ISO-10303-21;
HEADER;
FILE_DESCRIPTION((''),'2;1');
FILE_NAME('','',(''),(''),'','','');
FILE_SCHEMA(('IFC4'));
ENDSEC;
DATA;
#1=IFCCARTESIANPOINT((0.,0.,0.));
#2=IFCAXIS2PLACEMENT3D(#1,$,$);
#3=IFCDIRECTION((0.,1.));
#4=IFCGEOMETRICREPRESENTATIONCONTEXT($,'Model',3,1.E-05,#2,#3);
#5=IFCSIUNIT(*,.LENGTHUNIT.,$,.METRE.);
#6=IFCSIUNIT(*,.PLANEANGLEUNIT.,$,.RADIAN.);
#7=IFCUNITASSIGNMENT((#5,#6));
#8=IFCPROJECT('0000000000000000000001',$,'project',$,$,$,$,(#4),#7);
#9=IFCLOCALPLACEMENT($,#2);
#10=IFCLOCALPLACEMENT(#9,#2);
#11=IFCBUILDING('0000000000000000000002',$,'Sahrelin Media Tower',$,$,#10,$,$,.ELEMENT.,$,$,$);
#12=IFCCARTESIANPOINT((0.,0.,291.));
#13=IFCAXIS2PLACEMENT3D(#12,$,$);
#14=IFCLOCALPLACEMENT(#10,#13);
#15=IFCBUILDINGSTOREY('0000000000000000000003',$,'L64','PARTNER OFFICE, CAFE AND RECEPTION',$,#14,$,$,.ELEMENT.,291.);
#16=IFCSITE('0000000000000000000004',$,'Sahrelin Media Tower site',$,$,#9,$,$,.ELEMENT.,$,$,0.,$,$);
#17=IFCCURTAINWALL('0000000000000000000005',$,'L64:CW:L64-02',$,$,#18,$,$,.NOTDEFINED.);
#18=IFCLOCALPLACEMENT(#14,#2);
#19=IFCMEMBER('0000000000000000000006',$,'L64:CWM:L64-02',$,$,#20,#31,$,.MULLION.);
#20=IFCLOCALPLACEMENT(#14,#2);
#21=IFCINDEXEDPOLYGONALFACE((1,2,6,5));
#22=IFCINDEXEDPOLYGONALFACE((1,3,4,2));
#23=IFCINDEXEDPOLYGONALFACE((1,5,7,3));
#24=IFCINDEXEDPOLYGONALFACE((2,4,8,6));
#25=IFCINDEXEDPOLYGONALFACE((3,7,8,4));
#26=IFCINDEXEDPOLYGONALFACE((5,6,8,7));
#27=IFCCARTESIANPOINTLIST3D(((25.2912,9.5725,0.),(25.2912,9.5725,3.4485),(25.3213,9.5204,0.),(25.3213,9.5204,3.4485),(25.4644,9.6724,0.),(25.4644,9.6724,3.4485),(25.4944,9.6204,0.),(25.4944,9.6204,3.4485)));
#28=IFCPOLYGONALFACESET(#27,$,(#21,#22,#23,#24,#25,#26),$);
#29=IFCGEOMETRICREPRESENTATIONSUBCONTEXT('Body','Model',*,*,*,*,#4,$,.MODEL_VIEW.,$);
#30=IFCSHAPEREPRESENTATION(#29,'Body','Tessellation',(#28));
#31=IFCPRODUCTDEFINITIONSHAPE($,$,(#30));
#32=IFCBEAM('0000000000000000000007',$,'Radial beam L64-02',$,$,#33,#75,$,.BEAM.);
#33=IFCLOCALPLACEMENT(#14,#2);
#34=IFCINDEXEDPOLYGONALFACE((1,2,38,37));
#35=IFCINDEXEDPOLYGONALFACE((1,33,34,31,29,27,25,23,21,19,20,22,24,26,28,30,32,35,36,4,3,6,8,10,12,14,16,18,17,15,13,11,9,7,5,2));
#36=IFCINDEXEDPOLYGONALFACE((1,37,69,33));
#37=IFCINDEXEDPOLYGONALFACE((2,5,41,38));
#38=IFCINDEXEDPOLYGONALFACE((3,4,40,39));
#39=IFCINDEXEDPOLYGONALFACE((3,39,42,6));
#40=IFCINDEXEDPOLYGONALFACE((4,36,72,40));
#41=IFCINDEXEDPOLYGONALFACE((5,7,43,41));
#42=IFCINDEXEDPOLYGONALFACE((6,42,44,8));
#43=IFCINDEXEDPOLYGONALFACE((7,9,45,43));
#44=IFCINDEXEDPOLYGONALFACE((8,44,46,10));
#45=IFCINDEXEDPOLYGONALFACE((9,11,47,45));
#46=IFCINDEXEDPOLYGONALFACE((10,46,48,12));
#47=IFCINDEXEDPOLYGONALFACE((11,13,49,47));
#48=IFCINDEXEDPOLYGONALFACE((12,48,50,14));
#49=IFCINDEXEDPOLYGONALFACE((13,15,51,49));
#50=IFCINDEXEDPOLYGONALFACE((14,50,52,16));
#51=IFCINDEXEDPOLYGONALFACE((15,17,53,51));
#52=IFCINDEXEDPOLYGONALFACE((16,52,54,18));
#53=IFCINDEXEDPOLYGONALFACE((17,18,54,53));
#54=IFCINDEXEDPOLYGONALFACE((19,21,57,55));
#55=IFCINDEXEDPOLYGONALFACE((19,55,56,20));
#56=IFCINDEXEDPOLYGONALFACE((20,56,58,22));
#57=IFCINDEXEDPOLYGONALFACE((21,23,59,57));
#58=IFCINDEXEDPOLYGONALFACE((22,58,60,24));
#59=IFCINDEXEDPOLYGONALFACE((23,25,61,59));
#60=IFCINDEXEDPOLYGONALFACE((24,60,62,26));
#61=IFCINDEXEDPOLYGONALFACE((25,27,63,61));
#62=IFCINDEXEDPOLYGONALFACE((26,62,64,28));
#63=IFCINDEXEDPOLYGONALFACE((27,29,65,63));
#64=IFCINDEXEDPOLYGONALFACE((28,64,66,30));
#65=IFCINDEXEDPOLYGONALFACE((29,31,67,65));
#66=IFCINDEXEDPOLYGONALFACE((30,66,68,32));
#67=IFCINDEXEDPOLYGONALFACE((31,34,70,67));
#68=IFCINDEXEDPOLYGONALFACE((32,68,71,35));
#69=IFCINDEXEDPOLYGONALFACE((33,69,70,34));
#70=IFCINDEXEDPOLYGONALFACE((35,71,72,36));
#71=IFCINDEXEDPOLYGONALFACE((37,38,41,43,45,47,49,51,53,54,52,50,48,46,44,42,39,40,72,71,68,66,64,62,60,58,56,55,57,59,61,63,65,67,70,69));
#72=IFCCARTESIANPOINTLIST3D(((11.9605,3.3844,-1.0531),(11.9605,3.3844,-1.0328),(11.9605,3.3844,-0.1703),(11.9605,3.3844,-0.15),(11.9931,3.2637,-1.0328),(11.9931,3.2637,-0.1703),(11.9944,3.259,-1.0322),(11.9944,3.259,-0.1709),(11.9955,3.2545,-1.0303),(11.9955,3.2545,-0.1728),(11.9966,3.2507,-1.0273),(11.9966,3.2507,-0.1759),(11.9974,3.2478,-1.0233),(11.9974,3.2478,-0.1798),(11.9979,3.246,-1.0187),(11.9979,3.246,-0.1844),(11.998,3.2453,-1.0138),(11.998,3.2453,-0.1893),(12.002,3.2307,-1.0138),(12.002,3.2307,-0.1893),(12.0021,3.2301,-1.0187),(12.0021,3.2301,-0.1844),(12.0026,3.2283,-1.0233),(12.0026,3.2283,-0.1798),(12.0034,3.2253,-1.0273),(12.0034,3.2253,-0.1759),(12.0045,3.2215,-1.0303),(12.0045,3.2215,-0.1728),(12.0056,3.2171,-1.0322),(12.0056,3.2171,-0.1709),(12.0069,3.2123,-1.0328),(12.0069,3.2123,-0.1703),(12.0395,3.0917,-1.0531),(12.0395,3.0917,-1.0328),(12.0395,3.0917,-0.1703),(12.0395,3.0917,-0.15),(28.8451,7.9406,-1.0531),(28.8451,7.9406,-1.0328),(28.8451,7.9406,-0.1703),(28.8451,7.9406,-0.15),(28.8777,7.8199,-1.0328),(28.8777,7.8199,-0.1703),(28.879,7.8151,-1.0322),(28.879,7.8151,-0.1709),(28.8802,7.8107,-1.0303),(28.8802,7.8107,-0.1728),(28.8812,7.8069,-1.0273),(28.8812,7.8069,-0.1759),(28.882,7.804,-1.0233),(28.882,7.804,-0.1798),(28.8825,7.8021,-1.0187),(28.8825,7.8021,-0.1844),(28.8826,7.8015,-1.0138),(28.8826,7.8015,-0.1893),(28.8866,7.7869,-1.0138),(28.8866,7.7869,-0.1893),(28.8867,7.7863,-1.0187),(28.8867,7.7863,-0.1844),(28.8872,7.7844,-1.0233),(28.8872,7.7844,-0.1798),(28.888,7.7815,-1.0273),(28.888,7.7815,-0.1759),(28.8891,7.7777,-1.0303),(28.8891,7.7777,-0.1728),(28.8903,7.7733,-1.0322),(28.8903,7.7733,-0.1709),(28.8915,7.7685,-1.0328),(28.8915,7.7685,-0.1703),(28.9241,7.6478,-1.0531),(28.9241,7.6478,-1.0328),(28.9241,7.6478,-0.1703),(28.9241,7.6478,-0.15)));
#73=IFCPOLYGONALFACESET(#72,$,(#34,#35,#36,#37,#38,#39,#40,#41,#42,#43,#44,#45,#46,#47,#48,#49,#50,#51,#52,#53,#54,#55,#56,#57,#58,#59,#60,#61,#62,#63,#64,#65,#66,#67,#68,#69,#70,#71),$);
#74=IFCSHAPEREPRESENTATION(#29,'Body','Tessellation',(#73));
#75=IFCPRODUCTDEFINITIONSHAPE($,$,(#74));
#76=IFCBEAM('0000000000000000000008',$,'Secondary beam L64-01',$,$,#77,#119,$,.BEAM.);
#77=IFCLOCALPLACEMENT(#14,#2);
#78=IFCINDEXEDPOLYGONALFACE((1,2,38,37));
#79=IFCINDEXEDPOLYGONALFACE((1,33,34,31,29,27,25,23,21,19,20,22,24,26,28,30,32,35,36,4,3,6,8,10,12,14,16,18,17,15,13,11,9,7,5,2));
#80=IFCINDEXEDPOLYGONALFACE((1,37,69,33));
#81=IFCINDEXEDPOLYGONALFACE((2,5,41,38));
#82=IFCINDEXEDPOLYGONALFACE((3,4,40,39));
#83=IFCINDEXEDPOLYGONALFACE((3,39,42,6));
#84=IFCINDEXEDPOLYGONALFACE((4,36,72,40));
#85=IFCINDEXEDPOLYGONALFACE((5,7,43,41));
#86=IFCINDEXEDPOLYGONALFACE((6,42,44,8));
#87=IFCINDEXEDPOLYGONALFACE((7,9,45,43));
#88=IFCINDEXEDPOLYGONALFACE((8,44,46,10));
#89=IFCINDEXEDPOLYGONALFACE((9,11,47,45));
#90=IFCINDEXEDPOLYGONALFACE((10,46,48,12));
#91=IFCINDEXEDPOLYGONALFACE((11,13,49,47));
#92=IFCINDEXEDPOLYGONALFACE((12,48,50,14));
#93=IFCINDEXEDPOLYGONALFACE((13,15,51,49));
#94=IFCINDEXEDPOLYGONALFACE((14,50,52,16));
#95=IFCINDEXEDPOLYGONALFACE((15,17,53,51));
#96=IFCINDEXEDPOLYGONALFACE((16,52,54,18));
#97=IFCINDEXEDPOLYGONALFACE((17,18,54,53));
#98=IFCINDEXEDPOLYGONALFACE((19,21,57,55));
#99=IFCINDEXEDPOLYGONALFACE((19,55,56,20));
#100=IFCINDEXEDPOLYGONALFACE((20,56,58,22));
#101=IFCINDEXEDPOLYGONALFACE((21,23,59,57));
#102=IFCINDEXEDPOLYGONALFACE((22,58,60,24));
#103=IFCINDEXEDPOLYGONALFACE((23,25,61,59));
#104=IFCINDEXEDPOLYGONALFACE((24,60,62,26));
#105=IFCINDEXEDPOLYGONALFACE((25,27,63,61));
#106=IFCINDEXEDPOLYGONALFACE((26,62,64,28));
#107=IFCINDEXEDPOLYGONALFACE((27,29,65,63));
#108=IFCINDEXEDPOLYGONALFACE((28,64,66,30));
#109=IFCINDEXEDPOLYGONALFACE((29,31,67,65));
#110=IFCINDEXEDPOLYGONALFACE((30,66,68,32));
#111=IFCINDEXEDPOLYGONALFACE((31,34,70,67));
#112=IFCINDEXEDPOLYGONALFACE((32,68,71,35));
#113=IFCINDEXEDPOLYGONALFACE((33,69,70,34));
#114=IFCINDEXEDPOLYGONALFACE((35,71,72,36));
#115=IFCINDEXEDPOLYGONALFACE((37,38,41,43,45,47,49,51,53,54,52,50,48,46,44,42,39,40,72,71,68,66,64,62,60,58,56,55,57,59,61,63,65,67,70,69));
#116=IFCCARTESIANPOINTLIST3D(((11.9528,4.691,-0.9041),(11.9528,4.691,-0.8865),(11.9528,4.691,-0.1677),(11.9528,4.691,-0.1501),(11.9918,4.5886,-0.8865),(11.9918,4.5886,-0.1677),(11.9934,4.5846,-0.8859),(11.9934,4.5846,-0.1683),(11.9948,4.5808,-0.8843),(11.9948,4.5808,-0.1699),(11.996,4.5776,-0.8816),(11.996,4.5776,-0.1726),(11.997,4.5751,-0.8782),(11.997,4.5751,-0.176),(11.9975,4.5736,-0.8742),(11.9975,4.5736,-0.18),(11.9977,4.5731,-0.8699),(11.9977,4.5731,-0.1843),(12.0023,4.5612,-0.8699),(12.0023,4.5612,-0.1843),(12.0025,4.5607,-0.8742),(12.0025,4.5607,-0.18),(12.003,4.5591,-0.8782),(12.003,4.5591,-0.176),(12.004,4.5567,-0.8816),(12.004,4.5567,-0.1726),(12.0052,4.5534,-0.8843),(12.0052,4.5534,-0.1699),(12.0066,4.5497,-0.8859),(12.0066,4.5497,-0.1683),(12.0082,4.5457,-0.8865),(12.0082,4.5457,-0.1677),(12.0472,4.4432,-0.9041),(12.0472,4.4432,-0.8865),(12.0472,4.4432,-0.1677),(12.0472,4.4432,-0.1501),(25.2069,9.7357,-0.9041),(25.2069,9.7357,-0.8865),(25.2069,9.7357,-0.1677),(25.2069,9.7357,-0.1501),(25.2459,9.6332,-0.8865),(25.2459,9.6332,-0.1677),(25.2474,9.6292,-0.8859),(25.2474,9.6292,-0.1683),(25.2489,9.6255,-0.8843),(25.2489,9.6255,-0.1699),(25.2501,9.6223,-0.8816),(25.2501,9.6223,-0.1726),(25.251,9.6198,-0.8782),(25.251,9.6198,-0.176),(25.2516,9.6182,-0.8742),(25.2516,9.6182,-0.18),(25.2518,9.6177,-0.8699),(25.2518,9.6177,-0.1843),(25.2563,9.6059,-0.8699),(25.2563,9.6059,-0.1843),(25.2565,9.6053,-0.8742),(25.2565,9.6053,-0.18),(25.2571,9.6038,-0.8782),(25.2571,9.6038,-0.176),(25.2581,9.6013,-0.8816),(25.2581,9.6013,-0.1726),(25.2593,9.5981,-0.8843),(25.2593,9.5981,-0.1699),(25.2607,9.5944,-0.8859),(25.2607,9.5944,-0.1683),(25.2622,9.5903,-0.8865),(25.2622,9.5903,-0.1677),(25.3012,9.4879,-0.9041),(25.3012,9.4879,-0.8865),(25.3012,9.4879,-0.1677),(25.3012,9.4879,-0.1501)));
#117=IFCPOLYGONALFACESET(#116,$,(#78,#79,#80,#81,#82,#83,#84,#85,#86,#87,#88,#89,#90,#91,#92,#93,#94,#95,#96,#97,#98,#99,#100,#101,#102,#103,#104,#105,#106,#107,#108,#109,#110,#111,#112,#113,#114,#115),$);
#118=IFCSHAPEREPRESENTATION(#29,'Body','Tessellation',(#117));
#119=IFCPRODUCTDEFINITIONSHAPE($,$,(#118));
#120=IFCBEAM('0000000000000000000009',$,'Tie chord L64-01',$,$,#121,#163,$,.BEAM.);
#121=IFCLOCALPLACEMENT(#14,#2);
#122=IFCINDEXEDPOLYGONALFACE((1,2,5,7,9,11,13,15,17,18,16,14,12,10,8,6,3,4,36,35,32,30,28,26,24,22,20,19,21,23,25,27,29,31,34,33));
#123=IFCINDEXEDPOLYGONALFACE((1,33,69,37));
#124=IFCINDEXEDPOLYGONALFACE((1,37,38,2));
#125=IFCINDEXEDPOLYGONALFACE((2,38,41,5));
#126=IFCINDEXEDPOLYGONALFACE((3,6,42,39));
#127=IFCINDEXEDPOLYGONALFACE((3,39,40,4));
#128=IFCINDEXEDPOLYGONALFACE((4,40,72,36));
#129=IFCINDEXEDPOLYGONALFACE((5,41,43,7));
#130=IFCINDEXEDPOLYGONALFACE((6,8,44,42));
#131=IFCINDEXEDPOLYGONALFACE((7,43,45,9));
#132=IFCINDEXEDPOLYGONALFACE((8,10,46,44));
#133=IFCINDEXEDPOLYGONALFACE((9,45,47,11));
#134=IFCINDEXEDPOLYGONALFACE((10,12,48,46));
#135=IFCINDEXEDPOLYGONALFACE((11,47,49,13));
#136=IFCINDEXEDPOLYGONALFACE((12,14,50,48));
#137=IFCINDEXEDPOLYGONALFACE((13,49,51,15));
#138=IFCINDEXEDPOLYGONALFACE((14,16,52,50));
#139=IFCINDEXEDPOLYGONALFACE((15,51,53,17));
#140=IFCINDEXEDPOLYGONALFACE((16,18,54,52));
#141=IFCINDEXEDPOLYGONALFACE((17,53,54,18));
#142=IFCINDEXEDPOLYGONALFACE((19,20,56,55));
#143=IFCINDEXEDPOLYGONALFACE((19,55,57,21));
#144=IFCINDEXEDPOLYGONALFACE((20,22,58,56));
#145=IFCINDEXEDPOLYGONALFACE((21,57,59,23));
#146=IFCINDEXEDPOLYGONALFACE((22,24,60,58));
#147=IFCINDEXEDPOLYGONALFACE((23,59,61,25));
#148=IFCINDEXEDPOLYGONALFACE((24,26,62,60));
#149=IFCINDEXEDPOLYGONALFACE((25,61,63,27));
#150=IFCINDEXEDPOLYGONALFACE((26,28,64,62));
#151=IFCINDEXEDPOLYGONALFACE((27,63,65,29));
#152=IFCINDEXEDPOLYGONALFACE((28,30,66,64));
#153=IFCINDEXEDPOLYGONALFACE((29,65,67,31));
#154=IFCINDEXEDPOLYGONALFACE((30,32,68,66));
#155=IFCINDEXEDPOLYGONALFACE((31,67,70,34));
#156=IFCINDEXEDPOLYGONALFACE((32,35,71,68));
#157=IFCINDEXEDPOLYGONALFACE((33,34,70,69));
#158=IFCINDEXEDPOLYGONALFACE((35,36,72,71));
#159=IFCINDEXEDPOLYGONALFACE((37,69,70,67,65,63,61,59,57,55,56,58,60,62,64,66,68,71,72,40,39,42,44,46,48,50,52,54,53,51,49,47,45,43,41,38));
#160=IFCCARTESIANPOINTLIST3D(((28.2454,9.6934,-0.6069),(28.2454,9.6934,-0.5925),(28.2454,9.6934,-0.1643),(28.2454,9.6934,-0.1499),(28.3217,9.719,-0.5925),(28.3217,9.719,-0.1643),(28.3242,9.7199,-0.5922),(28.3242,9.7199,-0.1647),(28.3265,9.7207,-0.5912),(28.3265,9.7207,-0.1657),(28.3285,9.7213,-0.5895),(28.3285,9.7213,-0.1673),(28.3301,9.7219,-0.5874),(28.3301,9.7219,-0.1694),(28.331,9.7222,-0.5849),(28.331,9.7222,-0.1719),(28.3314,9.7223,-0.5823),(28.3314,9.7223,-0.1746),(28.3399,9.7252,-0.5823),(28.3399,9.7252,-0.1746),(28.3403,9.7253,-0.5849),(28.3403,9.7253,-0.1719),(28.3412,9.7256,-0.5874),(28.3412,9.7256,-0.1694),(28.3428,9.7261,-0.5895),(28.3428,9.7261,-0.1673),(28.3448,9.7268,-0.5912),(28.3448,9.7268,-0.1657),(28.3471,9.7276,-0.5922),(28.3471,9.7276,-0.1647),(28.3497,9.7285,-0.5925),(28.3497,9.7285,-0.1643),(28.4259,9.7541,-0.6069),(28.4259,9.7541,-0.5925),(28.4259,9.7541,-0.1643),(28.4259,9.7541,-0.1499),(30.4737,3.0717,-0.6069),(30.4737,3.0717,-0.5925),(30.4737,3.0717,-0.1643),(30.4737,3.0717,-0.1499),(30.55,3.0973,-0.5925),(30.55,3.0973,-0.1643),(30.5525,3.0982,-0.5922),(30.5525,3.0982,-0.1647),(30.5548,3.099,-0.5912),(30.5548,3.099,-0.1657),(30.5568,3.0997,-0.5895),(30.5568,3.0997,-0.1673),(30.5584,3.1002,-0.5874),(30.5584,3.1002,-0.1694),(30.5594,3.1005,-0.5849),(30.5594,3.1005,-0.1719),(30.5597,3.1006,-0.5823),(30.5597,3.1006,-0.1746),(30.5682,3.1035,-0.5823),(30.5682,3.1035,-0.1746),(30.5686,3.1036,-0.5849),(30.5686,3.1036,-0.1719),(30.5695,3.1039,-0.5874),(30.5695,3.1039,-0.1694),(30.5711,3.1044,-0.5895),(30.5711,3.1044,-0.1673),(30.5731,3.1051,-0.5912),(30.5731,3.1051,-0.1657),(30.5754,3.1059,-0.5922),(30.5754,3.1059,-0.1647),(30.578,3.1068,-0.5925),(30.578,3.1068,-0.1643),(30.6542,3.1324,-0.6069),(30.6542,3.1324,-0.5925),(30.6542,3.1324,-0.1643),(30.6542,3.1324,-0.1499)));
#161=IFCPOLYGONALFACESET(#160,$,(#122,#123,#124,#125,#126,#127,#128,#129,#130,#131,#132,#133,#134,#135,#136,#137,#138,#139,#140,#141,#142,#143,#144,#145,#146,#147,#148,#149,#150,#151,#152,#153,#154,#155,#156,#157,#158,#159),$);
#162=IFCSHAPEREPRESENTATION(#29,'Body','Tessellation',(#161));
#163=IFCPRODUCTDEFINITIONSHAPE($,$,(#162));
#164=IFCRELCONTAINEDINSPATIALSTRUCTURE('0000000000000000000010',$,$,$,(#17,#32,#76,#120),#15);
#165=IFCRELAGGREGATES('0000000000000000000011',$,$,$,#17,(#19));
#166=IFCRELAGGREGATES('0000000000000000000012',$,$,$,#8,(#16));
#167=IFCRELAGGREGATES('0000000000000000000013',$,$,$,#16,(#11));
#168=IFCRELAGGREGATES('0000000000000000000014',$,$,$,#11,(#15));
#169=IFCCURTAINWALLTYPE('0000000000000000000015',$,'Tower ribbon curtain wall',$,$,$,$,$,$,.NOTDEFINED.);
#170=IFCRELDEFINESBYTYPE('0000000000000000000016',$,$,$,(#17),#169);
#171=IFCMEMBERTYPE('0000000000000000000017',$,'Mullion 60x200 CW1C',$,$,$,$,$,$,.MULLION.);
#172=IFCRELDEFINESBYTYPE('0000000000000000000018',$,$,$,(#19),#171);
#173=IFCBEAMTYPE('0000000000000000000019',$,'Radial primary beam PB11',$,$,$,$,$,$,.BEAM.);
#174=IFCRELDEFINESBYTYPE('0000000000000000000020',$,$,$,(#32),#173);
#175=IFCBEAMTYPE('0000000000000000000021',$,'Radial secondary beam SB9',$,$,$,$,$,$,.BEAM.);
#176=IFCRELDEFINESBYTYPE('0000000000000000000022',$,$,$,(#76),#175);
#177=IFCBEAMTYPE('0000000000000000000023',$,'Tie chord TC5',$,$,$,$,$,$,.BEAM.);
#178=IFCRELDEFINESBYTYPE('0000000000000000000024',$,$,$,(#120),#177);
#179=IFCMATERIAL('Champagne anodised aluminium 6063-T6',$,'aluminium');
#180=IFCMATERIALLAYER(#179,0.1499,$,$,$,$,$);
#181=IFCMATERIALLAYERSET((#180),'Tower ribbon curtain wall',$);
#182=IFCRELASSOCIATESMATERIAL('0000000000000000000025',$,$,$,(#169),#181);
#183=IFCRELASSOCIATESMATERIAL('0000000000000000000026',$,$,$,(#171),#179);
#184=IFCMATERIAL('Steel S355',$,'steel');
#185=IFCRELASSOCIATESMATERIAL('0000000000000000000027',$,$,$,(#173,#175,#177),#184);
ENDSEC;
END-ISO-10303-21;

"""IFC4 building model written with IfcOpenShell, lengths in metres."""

from ifc_helpers import new_model, si_unit, direction, frame, origin, origin_2d, place, context, subcontext, project, spatial, rectangle, i_section, extrude, material, layer, layer_set, material_profile, profile_set, type_object, element, aggregate, save


model = new_model("IFC4")

# Units and contexts
model_context = context("Model", 3, precision=1e-05, world=origin(), true_north=direction((0.0, 1.0)))
body_context = subcontext(model_context, "Body", "Model", "MODEL_VIEW")
ifc_project = project(units=[si_unit("LENGTHUNIT", "METRE"), si_unit("PLANEANGLEUNIT", "RADIAN")], contexts=[model_context])

# Site, building, storey
site_placement = place(None, origin())
site = spatial("IfcSite", under=ifc_project, at=site_placement, Name="Sahrelin Media Tower site", CompositionType="ELEMENT", RefElevation=0.0)
building_placement = place(site_placement, origin())
building = spatial("IfcBuilding", under=site, at=building_placement, Name="Sahrelin Media Tower", CompositionType="ELEMENT")
storey_placement = place(building_placement, frame((0.0, 0.0, 291.0)))
storey = spatial("IfcBuildingStorey", under=building, at=storey_placement, Name="L64", Description="PARTNER OFFICE, CAFE AND RECEPTION", CompositionType="ELEMENT", Elevation=291.0)

# Curtain wall, member
ifc_material_1 = material(Name="Champagne anodised aluminium 6063-T6", Category="aluminium")
ifc_layer_1 = layer(ifc_material_1, 0.1499)
ifc_layer_set_1 = layer_set([ifc_layer_1], Name="Tower ribbon curtain wall")
curtain_wall_type = type_object("IfcCurtainWallType", Name="Tower ribbon curtain wall", PredefinedType="NOTDEFINED", material=ifc_layer_set_1)
curtain_wall_1_placement = place(storey_placement, frame((25.4968, 9.6565, 0.0), z_axis=(0.0, 0.0, 1.0), x_axis=(1.0, 0.0, 0.0)))
curtain_wall_1 = element("IfcCurtainWall", 1, at=curtain_wall_1_placement, inside=storey, type_object=curtain_wall_type, Name="L64:CW:L64-02", PredefinedType="NOTDEFINED")
ifc_material_profile_1 = material_profile(ifc_material_1, rectangle(XDim=0.0601, YDim=0.2, at=origin_2d()), Name="Mullion 60x200")
ifc_profile_set_1 = profile_set([ifc_material_profile_1], Name="Champagne anodised aluminium 6063-T6")
member_type_1 = type_object("IfcMemberType", Name="Mullion 60x200 CW1C", PredefinedType="MULLION", material=ifc_profile_set_1)
member_1_placement = place(storey_placement, frame((25.3928, 9.5964, 0.0), z_axis=(0.0, 0.0, 1.0), x_axis=(-0.500003, 0.866024, 0.0)))
member_1 = element("IfcMember", 2, at=member_1_placement, type_object=member_type_1, Name="L64:CWM:L64-02", PredefinedType="MULLION", context=body_context, shape_type="SweptSolid", body=[
    extrude(rectangle(XDim=0.0601, YDim=0.2, at=origin_2d()), origin(), (0.0, 0.0, 1.0), 3.4485),
])

# Beams
ifc_material_2 = material(Name="Steel S355", Category="steel")
ifc_material_profile_2 = material_profile(ifc_material_2, i_section(OverallWidth=0.3032, OverallDepth=0.9031, WebThickness=0.0151, FlangeThickness=0.0203, FilletRadius=0.019, at=origin_2d()), Name="UB 914x305x201")
ifc_profile_set_2 = profile_set([ifc_material_profile_2], Name="Steel S355")
beam_type_1 = type_object("IfcBeamType", Name="Radial primary beam PB11", PredefinedType="BEAM", material=ifc_profile_set_2)
beam_1_placement = place(storey_placement, frame((12.0, 3.238, -0.6016), z_axis=(0.965467, 0.260524, 0.0), x_axis=(-0.260524, 0.965467, 0.0)))
element("IfcBeam", 3, at=beam_1_placement, inside=storey, type_object=beam_type_1, Name="Radial beam L64-02", PredefinedType="BEAM", context=body_context, shape_type="SweptSolid", body=[
    extrude(i_section(OverallWidth=0.3032, OverallDepth=0.9031, WebThickness=0.0151, FlangeThickness=0.0203, FilletRadius=0.019, at=origin_2d()), origin(), (0.0, 0.0, 1.0), 17.4885),
])
ifc_material_profile_3 = material_profile(ifc_material_2, i_section(OverallWidth=0.2651, OverallDepth=0.7539, WebThickness=0.0127, FlangeThickness=0.0176, FilletRadius=0.0166, at=origin_2d()), Name="UB 762x267x147")
ifc_profile_set_3 = profile_set([ifc_material_profile_3], Name="Steel S355")
beam_type_2 = type_object("IfcBeamType", Name="Radial secondary beam SB9", PredefinedType="BEAM", material=ifc_profile_set_3)
beam_2_placement = place(storey_placement, frame((12.0, 4.5671, -0.5271), z_axis=(0.934594, 0.355717, 0.0), x_axis=(-0.355717, 0.934594, 0.0)))
element("IfcBeam", 4, at=beam_2_placement, inside=storey, type_object=beam_type_2, Name="Secondary beam L64-01", PredefinedType="BEAM", context=body_context, shape_type="SweptSolid", body=[
    extrude(i_section(OverallWidth=0.2651, OverallDepth=0.7539, WebThickness=0.0127, FlangeThickness=0.0176, FilletRadius=0.0166, at=origin_2d()), origin(), (0.0, 0.0, 1.0), 14.1816),
])
ifc_material_profile_4 = material_profile(ifc_material_2, i_section(OverallWidth=0.1904, OverallDepth=0.457, WebThickness=0.009, FlangeThickness=0.0144, FilletRadius=0.0103, at=origin_2d()), Name="UB 457x191x74")
ifc_profile_set_4 = profile_set([ifc_material_profile_4], Name="Steel S355")
beam_type_3 = type_object("IfcBeamType", Name="Tie chord TC5", PredefinedType="BEAM", material=ifc_profile_set_4)
beam_3_placement = place(storey_placement, frame((30.564, 3.1021, -0.3784), z_axis=(-0.318942, 0.947774, 0.0), x_axis=(-0.947774, -0.318942, 0.0)))
element("IfcBeam", 5, at=beam_3_placement, inside=storey, type_object=beam_type_3, Name="Tie chord L64-01", PredefinedType="BEAM", context=body_context, shape_type="SweptSolid", body=[
    extrude(i_section(OverallWidth=0.1904, OverallDepth=0.457, WebThickness=0.009, FlangeThickness=0.0144, FilletRadius=0.0103, at=origin_2d()), origin(), (0.0, 0.0, 1.0), 6.9866),
])

aggregate(curtain_wall_1, [member_1])

save(model, "model.ifc")
